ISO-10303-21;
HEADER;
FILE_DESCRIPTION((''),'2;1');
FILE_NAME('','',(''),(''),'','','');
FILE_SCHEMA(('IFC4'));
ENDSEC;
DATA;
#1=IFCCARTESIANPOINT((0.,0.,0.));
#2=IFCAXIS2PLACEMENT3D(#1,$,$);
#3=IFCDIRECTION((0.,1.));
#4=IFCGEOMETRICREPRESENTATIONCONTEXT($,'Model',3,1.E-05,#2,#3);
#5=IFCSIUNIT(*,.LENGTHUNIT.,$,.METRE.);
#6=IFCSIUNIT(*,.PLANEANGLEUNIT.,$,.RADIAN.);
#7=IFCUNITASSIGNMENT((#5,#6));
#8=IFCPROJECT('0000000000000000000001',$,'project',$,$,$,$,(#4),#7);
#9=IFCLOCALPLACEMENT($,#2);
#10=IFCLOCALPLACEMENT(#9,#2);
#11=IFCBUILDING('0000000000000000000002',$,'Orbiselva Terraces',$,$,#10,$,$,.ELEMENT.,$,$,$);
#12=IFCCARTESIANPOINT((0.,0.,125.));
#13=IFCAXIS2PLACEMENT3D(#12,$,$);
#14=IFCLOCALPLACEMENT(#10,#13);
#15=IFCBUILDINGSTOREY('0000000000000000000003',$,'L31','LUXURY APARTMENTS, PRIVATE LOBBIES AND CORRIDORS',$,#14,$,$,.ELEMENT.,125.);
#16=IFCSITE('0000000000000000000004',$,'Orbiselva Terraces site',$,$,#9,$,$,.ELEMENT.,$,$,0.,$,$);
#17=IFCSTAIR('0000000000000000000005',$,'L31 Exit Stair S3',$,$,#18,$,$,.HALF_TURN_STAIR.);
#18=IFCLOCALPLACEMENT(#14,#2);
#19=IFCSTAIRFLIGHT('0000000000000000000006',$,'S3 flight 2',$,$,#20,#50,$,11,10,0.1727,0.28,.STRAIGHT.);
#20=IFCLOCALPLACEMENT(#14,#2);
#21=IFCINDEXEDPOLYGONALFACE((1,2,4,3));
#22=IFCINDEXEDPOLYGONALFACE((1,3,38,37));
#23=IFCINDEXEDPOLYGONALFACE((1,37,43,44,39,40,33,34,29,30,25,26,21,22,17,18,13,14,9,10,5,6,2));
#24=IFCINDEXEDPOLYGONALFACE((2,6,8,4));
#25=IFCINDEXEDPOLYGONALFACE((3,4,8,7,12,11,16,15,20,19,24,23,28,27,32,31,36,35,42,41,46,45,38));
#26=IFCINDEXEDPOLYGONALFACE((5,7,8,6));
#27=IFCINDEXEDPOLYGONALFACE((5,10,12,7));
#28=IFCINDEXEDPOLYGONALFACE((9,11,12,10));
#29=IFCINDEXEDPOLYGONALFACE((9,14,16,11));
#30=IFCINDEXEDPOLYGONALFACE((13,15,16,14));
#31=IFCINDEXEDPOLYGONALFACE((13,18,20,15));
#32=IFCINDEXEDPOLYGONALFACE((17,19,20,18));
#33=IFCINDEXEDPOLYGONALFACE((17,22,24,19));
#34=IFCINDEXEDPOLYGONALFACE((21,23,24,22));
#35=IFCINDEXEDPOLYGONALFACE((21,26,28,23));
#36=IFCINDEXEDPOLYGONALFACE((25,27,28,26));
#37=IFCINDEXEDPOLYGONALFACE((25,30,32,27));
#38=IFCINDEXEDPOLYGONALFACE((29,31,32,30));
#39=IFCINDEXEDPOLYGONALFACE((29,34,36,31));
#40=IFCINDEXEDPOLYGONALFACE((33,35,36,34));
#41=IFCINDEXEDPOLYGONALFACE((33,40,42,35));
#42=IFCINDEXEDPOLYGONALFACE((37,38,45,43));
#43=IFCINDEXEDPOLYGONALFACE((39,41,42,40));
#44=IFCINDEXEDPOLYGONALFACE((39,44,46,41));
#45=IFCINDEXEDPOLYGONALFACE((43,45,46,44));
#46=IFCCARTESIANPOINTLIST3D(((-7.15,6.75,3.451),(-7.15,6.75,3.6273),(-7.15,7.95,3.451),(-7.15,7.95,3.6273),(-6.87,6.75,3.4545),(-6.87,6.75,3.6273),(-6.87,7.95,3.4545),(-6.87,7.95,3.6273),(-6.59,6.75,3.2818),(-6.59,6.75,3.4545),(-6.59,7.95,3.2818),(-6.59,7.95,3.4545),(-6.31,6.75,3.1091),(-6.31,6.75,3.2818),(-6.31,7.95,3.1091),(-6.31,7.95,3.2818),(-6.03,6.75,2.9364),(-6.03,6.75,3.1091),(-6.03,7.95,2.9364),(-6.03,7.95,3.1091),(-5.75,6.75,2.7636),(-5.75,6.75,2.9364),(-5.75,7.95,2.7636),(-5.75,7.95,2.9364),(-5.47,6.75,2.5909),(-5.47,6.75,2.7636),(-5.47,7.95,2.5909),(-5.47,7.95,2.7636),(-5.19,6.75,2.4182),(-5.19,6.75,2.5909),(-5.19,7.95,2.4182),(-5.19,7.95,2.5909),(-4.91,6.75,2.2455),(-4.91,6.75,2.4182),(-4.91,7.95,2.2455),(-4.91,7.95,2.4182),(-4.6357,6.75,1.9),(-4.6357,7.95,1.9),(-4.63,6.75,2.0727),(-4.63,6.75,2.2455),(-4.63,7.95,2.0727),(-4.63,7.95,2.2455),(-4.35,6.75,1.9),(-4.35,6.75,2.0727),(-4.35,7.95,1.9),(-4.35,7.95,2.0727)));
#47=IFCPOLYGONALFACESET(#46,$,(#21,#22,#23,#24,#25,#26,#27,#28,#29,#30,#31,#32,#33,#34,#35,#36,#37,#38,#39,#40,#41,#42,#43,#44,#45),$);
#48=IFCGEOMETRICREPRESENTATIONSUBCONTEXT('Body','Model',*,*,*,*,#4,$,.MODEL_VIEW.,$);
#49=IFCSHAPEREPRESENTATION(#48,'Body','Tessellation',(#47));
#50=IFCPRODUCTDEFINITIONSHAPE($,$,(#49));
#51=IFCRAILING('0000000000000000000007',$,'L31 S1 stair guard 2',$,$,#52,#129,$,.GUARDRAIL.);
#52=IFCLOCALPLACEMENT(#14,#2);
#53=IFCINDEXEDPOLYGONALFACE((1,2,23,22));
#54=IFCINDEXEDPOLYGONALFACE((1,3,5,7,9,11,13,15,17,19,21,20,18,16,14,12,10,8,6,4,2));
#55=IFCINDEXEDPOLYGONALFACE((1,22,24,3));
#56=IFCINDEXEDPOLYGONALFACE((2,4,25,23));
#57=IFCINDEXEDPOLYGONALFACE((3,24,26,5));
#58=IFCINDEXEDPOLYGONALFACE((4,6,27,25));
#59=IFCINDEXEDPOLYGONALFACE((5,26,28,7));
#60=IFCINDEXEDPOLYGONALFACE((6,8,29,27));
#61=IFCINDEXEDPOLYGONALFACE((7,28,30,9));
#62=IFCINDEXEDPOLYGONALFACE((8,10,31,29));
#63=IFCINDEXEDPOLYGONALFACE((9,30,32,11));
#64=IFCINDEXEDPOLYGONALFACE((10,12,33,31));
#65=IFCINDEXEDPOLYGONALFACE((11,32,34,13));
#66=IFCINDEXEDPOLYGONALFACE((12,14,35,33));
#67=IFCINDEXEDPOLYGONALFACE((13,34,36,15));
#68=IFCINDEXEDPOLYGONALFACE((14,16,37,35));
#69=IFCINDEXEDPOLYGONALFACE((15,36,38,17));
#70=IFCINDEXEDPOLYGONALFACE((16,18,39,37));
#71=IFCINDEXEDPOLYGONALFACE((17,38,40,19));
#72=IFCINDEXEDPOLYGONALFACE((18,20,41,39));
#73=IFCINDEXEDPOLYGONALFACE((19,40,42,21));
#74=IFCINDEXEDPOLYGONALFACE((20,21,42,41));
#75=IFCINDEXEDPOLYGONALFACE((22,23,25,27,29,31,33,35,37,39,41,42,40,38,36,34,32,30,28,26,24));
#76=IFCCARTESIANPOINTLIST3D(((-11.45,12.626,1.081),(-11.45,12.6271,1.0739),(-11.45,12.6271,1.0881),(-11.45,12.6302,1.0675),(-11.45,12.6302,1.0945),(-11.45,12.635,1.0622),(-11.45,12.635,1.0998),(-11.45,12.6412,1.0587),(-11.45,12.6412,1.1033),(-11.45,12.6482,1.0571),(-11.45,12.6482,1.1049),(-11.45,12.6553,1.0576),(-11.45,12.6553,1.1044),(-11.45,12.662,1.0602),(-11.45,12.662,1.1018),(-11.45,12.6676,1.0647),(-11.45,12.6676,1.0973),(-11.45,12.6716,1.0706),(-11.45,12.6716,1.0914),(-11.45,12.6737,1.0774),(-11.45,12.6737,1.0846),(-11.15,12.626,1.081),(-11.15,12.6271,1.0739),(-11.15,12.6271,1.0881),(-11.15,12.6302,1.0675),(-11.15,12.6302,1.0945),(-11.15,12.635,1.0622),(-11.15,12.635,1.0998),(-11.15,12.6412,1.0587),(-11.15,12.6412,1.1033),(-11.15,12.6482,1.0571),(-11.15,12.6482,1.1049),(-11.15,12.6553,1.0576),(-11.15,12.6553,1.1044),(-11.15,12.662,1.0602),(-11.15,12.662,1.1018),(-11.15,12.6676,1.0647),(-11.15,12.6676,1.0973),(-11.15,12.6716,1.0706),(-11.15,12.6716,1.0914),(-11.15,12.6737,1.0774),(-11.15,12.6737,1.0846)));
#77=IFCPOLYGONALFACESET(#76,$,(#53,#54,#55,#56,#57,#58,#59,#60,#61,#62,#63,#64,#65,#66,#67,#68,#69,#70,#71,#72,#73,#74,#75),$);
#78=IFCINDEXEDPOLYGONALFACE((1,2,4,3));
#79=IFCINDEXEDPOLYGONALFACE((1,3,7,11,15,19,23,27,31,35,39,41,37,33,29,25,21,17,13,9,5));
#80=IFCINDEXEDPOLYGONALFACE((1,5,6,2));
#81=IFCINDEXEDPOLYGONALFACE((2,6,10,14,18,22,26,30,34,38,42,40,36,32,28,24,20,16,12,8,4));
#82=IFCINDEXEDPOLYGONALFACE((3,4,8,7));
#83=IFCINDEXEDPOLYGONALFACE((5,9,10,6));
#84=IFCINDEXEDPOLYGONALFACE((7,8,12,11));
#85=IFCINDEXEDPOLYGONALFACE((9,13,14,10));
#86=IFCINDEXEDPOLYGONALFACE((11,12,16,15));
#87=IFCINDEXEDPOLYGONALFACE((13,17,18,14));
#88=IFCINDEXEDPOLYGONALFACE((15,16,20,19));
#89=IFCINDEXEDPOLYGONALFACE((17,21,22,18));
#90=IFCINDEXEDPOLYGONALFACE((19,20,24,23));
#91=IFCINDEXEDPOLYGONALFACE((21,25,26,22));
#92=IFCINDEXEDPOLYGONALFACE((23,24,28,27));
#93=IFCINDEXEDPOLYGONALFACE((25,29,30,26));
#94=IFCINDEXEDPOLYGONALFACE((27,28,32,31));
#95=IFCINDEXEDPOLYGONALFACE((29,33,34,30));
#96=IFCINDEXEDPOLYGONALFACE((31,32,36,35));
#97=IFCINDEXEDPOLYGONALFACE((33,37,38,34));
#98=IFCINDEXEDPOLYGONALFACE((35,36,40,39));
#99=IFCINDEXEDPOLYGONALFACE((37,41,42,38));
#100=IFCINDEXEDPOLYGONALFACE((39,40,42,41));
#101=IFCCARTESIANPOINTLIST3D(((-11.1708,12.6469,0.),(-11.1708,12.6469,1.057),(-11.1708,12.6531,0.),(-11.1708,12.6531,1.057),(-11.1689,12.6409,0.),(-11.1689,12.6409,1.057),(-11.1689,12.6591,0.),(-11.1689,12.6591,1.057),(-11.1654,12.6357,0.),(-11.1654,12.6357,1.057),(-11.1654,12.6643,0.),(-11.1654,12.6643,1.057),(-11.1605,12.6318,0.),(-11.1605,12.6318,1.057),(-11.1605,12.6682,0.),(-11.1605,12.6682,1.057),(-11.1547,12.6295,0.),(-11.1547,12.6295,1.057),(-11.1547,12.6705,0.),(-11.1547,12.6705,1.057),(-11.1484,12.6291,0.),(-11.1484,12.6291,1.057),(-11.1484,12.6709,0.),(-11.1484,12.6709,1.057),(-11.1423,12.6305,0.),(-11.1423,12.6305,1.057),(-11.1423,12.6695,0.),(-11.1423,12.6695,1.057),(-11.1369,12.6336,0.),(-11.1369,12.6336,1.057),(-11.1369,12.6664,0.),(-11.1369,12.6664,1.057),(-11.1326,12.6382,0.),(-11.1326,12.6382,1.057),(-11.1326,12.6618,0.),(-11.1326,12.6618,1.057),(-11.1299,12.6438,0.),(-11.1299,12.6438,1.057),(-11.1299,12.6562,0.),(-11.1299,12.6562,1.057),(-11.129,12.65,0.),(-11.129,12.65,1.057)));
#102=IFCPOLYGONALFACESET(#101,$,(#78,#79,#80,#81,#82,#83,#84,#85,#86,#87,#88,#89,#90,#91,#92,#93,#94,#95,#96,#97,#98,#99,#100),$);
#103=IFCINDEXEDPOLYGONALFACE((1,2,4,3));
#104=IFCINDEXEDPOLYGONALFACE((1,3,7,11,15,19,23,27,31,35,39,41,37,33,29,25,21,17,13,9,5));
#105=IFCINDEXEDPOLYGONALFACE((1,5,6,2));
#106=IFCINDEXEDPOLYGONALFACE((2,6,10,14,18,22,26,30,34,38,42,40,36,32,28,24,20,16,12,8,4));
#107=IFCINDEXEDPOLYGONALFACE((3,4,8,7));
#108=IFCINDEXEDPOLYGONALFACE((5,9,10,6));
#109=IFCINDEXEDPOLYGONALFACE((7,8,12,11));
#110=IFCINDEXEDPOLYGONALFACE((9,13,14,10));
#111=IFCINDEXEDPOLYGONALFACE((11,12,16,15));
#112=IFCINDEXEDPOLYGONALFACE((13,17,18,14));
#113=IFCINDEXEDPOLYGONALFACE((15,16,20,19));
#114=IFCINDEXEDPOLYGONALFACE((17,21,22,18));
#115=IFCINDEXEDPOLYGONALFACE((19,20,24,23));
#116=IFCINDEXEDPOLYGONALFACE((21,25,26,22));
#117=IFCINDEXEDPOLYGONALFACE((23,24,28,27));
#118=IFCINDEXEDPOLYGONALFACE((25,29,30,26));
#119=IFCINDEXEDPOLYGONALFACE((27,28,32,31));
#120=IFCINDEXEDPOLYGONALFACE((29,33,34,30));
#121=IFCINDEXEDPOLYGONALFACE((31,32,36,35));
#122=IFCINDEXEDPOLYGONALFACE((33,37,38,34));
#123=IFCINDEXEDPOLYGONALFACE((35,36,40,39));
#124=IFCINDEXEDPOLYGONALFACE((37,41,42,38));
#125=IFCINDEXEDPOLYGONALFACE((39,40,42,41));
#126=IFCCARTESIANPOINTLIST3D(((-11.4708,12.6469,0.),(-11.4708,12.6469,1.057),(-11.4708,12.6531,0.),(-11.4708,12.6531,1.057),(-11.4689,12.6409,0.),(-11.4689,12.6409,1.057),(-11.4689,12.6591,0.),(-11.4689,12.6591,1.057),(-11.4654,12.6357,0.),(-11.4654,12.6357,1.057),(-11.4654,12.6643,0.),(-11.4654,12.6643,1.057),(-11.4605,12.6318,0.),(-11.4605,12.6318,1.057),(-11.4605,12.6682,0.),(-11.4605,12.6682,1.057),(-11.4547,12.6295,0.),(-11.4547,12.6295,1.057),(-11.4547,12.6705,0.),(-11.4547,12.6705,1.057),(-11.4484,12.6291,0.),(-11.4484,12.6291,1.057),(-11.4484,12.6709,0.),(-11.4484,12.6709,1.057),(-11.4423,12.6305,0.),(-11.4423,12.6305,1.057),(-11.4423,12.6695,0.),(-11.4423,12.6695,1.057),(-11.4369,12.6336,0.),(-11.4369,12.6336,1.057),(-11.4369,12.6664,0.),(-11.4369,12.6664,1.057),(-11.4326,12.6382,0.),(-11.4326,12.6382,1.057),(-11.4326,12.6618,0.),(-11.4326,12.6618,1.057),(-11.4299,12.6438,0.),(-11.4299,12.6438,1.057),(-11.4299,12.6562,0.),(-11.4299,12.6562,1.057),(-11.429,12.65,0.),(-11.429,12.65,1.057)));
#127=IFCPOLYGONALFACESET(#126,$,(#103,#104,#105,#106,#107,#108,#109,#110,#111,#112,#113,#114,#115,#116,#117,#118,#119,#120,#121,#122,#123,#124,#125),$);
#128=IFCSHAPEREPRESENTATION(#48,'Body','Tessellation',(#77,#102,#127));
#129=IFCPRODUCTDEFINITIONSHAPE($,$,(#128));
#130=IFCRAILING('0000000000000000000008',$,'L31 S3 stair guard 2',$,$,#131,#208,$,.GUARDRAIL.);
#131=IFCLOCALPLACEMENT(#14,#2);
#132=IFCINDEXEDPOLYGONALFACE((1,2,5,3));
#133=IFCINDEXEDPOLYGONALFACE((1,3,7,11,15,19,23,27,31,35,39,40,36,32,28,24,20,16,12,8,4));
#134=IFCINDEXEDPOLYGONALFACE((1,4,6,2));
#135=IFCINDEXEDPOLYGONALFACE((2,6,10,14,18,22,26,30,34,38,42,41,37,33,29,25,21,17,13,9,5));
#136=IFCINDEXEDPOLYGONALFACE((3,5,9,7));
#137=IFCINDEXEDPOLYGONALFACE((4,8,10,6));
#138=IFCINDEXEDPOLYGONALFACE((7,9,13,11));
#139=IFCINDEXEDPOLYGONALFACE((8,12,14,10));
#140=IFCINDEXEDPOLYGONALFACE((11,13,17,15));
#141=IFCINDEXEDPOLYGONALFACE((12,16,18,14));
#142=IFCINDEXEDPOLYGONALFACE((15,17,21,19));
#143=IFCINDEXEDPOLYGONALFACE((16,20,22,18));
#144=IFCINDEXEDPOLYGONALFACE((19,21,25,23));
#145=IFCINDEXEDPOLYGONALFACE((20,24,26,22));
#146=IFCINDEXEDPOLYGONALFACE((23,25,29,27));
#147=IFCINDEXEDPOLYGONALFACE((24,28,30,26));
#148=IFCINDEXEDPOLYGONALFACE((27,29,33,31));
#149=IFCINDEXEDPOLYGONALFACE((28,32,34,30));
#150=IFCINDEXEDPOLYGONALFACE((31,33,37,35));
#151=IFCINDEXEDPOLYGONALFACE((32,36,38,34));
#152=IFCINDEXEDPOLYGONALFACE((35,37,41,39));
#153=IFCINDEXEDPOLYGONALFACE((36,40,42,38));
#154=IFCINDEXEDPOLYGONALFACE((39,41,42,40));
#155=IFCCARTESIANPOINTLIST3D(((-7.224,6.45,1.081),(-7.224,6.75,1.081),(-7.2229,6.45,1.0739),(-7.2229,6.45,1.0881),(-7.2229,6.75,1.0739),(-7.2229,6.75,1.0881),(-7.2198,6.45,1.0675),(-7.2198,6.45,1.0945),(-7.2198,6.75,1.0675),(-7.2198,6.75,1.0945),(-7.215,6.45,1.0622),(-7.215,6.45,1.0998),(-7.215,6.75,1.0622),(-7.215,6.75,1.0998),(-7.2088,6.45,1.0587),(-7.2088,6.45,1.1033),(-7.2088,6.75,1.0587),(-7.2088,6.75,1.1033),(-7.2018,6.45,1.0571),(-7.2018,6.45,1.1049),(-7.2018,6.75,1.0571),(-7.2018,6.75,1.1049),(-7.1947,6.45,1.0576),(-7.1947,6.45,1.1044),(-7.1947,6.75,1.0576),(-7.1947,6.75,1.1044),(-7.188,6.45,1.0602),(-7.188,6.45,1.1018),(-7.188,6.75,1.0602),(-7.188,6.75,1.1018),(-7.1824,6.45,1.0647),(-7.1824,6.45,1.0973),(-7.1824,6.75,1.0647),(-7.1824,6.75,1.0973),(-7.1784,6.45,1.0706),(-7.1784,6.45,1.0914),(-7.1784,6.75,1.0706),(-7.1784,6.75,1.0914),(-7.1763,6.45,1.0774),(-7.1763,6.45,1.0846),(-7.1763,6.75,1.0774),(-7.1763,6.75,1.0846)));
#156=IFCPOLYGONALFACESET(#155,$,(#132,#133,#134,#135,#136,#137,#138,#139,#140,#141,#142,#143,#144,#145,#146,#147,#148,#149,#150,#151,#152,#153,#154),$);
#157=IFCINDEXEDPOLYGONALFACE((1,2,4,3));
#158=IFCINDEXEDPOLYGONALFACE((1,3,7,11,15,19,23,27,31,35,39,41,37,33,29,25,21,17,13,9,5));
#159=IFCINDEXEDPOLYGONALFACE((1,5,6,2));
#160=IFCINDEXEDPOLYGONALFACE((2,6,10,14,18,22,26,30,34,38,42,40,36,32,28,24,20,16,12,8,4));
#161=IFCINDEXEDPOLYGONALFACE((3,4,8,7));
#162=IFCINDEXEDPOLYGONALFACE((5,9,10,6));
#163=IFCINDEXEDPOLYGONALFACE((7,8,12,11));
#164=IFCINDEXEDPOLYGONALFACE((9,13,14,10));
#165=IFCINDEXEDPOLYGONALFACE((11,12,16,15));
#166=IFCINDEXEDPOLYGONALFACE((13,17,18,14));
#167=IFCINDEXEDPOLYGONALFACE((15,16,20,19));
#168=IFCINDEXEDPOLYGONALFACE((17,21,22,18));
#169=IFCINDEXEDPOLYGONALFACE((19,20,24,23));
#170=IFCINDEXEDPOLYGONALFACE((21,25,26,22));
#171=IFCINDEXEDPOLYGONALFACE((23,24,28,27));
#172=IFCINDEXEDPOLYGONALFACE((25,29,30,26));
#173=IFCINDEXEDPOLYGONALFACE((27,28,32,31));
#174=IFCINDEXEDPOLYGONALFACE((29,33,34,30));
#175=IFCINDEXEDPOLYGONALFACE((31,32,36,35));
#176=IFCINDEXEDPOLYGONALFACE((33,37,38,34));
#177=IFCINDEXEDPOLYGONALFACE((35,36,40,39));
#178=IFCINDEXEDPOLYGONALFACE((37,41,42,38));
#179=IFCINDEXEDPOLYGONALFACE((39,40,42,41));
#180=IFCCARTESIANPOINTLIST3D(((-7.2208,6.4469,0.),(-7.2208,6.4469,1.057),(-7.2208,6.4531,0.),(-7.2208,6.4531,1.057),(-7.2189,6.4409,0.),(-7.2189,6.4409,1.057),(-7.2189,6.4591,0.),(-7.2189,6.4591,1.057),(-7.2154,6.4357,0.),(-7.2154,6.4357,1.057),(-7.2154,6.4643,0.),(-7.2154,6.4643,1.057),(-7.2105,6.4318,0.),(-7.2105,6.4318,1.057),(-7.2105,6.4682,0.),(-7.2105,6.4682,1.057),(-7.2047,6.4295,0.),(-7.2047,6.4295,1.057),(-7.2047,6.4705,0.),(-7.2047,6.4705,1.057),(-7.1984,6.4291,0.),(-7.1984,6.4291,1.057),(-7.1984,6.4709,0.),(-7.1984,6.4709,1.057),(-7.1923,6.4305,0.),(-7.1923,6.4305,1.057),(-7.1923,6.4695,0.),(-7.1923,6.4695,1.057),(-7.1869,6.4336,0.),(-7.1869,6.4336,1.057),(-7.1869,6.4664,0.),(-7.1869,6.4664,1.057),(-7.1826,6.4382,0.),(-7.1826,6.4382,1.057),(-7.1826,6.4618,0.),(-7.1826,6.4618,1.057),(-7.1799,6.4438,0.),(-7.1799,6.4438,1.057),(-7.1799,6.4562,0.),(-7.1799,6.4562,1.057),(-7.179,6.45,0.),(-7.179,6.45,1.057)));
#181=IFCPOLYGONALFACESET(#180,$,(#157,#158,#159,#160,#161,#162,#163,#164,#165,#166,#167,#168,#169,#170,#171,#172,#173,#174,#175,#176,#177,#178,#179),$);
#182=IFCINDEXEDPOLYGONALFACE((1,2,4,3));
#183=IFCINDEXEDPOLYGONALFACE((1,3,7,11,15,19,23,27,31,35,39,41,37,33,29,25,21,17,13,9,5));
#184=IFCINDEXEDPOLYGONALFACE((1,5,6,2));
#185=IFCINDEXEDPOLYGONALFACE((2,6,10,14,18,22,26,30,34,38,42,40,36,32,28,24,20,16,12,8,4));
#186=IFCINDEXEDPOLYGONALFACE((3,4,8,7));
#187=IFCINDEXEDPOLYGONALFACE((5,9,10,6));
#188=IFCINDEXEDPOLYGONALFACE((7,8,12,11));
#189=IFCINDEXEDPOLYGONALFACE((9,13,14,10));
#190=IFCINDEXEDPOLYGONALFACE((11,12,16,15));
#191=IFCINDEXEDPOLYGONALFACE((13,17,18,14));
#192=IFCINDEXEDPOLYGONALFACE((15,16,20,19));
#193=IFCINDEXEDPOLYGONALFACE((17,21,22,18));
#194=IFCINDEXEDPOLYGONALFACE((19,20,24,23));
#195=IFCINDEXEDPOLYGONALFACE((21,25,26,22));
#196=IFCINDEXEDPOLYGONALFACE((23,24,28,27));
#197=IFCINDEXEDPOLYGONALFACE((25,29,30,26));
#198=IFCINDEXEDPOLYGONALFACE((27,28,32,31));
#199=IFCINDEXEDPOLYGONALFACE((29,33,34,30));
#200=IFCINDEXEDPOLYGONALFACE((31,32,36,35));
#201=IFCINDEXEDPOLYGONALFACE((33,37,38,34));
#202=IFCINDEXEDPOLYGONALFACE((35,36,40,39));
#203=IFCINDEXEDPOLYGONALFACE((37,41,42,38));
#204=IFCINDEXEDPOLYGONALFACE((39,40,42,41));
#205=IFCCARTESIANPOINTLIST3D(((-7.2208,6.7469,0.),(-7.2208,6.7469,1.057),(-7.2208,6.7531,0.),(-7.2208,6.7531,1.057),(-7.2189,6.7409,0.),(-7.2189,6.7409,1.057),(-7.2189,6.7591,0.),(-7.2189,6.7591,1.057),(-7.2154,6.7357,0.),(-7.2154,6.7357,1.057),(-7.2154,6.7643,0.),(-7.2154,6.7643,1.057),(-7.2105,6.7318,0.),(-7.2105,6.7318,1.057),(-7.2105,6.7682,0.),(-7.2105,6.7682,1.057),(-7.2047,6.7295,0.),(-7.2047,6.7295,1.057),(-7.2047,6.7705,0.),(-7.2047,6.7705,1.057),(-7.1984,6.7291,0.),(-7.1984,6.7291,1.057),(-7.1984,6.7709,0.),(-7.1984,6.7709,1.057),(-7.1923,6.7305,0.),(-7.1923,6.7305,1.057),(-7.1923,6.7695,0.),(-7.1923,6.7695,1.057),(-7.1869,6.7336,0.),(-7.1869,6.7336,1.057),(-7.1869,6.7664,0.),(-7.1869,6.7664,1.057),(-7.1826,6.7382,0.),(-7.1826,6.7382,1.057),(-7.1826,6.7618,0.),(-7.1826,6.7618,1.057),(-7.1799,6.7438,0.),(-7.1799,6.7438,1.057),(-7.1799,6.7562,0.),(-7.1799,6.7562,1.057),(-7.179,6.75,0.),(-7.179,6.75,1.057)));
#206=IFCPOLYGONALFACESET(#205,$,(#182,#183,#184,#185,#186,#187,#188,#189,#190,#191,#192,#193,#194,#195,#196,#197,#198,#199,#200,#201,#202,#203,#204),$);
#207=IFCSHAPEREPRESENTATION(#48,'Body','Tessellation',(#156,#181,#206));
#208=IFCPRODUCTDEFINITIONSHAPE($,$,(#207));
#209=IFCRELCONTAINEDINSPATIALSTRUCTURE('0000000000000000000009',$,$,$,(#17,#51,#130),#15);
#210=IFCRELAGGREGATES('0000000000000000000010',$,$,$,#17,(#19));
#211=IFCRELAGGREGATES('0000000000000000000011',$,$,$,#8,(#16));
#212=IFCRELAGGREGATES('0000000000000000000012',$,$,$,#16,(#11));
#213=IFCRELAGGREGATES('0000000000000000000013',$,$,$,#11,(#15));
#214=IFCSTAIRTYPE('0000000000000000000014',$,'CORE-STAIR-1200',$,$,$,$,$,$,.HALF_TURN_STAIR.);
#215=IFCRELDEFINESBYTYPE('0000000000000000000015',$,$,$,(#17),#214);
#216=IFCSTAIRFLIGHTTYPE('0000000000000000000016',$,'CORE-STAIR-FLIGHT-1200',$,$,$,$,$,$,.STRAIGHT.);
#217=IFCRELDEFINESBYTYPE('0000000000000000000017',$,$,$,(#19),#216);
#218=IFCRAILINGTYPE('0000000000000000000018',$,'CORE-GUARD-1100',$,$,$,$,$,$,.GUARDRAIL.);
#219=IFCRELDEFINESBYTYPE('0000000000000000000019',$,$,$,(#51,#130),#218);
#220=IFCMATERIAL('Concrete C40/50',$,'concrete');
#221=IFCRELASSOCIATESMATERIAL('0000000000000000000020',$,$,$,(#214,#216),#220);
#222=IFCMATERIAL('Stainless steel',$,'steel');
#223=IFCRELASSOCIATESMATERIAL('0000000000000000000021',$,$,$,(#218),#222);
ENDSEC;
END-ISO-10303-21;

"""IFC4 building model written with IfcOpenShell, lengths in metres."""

from ifc_helpers import new_model, si_unit, direction, frame, origin, origin_2d, place, context, subcontext, project, spatial, polyline, circle, outline, extrude, material, type_object, element, aggregate, save


model = new_model("IFC4")

# Units and contexts
model_context = context("Model", 3, precision=1e-05, world=origin(), true_north=direction((0.0, 1.0)))
body_context = subcontext(model_context, "Body", "Model", "MODEL_VIEW")
ifc_project = project(units=[si_unit("LENGTHUNIT", "METRE"), si_unit("PLANEANGLEUNIT", "RADIAN")], contexts=[model_context])

# Site, building, storey
site_placement = place(None, origin())
site = spatial("IfcSite", under=ifc_project, at=site_placement, Name="Orbiselva Terraces site", CompositionType="ELEMENT", RefElevation=0.0)
building_placement = place(site_placement, origin())
building = spatial("IfcBuilding", under=site, at=building_placement, Name="Orbiselva Terraces", CompositionType="ELEMENT")
storey_placement = place(building_placement, frame((0.0, 0.0, 125.0)))
storey = spatial("IfcBuildingStorey", under=building, at=storey_placement, Name="L31", Description="LUXURY APARTMENTS, PRIVATE LOBBIES AND CORRIDORS", CompositionType="ELEMENT", Elevation=125.0)

# Stair, stair flight
ifc_material_1 = material(Name="Concrete C40/50", Category="concrete")
stair_type = type_object("IfcStairType", Name="CORE-STAIR-1200", PredefinedType="HALF_TURN_STAIR", material=ifc_material_1)
stair_placement = place(storey_placement, origin())
stair = element("IfcStair", 1, at=stair_placement, inside=storey, type_object=stair_type, Name="L31 Exit Stair S3", PredefinedType="HALF_TURN_STAIR")
stair_flight_type = type_object("IfcStairFlightType", Name="CORE-STAIR-FLIGHT-1200", PredefinedType="STRAIGHT", material=ifc_material_1)
stair_flight_1_placement = place(storey_placement, frame((-4.35, 7.35, 1.9), z_axis=(0.0, 0.0, 1.0), x_axis=(-1.0, 0.0, 0.0)))
stair_flight_1 = element("IfcStairFlight", 2, at=stair_flight_1_placement, type_object=stair_flight_type, Name="S3 flight 2", NumberOfRisers=11, NumberOfTreads=10, PredefinedType="STRAIGHT", RiserHeight=0.1727, TreadLength=0.28, context=body_context, shape_type="SweptSolid", body=[
    extrude(outline(polyline([(0.0, 0.0), (0.0, 0.1727), (0.28, 0.1727), (0.28, 0.3455), (0.56, 0.3455), (0.56, 0.5182), (0.84, 0.5182), (0.84, 0.6909), (1.12, 0.6909), (1.12, 0.8636), (1.4, 0.8636), (1.4, 1.0364), (1.68, 1.0364), (1.68, 1.2091), (1.96, 1.2091), (1.96, 1.3818), (2.24, 1.3818), (2.24, 1.5545), (2.52, 1.5545), (2.52, 1.7273), (2.8, 1.7273), (2.8, 1.9), (2.8, 1.551), (0.2857, 0.0), (0.0, 0.0)])), frame((0.0, 0.6, 0.0), z_axis=(0.0, -1.0, 0.0), x_axis=(1.0, 0.0, 0.0)), (0.0, 0.0, 1.0), 1.2),
])
aggregate(stair, [stair_flight_1])

# Railings
ifc_material_2 = material(Name="Stainless steel", Category="steel")
railing_type_1 = type_object("IfcRailingType", Name="CORE-GUARD-1100", PredefinedType="GUARDRAIL", material=ifc_material_2)
railing_1_placement = place(storey_placement, frame((-11.15, 12.65, 0.0)))
element("IfcRailing", 3, at=railing_1_placement, inside=storey, type_object=railing_type_1, Name="L31 S1 stair guard 2", PredefinedType="GUARDRAIL", context=body_context, shape_type="SweptSolid", body=[
    extrude(circle(Radius=0.024, at=origin_2d()), frame((0.0, 0.0, 1.081), z_axis=(-1.0, 0.0, 0.0), x_axis=(0.0, -1.0, 0.0)), (0.0, 0.0, 1.0), 0.3),
    extrude(circle(Radius=0.021, at=origin_2d()), origin(), (0.0, 0.0, 1.0), 1.057),
    extrude(circle(Radius=0.021, at=origin_2d()), frame((-0.3, 0.0, 0.0)), (0.0, 0.0, 1.0), 1.057),
])
railing_2_placement = place(storey_placement, frame((-7.2, 6.45, 0.0)))
element("IfcRailing", 4, at=railing_2_placement, inside=storey, type_object=railing_type_1, Name="L31 S3 stair guard 2", PredefinedType="GUARDRAIL", context=body_context, shape_type="SweptSolid", body=[
    extrude(circle(Radius=0.024, at=origin_2d()), frame((0.0, 0.0, 1.081), z_axis=(0.0, 1.0, 0.0), x_axis=(-1.0, 0.0, 0.0)), (0.0, 0.0, 1.0), 0.3),
    extrude(circle(Radius=0.021, at=origin_2d()), origin(), (0.0, 0.0, 1.0), 1.057),
    extrude(circle(Radius=0.021, at=origin_2d()), frame((0.0, 0.3, 0.0)), (0.0, 0.0, 1.0), 1.057),
])

save(model, "model.ifc")
